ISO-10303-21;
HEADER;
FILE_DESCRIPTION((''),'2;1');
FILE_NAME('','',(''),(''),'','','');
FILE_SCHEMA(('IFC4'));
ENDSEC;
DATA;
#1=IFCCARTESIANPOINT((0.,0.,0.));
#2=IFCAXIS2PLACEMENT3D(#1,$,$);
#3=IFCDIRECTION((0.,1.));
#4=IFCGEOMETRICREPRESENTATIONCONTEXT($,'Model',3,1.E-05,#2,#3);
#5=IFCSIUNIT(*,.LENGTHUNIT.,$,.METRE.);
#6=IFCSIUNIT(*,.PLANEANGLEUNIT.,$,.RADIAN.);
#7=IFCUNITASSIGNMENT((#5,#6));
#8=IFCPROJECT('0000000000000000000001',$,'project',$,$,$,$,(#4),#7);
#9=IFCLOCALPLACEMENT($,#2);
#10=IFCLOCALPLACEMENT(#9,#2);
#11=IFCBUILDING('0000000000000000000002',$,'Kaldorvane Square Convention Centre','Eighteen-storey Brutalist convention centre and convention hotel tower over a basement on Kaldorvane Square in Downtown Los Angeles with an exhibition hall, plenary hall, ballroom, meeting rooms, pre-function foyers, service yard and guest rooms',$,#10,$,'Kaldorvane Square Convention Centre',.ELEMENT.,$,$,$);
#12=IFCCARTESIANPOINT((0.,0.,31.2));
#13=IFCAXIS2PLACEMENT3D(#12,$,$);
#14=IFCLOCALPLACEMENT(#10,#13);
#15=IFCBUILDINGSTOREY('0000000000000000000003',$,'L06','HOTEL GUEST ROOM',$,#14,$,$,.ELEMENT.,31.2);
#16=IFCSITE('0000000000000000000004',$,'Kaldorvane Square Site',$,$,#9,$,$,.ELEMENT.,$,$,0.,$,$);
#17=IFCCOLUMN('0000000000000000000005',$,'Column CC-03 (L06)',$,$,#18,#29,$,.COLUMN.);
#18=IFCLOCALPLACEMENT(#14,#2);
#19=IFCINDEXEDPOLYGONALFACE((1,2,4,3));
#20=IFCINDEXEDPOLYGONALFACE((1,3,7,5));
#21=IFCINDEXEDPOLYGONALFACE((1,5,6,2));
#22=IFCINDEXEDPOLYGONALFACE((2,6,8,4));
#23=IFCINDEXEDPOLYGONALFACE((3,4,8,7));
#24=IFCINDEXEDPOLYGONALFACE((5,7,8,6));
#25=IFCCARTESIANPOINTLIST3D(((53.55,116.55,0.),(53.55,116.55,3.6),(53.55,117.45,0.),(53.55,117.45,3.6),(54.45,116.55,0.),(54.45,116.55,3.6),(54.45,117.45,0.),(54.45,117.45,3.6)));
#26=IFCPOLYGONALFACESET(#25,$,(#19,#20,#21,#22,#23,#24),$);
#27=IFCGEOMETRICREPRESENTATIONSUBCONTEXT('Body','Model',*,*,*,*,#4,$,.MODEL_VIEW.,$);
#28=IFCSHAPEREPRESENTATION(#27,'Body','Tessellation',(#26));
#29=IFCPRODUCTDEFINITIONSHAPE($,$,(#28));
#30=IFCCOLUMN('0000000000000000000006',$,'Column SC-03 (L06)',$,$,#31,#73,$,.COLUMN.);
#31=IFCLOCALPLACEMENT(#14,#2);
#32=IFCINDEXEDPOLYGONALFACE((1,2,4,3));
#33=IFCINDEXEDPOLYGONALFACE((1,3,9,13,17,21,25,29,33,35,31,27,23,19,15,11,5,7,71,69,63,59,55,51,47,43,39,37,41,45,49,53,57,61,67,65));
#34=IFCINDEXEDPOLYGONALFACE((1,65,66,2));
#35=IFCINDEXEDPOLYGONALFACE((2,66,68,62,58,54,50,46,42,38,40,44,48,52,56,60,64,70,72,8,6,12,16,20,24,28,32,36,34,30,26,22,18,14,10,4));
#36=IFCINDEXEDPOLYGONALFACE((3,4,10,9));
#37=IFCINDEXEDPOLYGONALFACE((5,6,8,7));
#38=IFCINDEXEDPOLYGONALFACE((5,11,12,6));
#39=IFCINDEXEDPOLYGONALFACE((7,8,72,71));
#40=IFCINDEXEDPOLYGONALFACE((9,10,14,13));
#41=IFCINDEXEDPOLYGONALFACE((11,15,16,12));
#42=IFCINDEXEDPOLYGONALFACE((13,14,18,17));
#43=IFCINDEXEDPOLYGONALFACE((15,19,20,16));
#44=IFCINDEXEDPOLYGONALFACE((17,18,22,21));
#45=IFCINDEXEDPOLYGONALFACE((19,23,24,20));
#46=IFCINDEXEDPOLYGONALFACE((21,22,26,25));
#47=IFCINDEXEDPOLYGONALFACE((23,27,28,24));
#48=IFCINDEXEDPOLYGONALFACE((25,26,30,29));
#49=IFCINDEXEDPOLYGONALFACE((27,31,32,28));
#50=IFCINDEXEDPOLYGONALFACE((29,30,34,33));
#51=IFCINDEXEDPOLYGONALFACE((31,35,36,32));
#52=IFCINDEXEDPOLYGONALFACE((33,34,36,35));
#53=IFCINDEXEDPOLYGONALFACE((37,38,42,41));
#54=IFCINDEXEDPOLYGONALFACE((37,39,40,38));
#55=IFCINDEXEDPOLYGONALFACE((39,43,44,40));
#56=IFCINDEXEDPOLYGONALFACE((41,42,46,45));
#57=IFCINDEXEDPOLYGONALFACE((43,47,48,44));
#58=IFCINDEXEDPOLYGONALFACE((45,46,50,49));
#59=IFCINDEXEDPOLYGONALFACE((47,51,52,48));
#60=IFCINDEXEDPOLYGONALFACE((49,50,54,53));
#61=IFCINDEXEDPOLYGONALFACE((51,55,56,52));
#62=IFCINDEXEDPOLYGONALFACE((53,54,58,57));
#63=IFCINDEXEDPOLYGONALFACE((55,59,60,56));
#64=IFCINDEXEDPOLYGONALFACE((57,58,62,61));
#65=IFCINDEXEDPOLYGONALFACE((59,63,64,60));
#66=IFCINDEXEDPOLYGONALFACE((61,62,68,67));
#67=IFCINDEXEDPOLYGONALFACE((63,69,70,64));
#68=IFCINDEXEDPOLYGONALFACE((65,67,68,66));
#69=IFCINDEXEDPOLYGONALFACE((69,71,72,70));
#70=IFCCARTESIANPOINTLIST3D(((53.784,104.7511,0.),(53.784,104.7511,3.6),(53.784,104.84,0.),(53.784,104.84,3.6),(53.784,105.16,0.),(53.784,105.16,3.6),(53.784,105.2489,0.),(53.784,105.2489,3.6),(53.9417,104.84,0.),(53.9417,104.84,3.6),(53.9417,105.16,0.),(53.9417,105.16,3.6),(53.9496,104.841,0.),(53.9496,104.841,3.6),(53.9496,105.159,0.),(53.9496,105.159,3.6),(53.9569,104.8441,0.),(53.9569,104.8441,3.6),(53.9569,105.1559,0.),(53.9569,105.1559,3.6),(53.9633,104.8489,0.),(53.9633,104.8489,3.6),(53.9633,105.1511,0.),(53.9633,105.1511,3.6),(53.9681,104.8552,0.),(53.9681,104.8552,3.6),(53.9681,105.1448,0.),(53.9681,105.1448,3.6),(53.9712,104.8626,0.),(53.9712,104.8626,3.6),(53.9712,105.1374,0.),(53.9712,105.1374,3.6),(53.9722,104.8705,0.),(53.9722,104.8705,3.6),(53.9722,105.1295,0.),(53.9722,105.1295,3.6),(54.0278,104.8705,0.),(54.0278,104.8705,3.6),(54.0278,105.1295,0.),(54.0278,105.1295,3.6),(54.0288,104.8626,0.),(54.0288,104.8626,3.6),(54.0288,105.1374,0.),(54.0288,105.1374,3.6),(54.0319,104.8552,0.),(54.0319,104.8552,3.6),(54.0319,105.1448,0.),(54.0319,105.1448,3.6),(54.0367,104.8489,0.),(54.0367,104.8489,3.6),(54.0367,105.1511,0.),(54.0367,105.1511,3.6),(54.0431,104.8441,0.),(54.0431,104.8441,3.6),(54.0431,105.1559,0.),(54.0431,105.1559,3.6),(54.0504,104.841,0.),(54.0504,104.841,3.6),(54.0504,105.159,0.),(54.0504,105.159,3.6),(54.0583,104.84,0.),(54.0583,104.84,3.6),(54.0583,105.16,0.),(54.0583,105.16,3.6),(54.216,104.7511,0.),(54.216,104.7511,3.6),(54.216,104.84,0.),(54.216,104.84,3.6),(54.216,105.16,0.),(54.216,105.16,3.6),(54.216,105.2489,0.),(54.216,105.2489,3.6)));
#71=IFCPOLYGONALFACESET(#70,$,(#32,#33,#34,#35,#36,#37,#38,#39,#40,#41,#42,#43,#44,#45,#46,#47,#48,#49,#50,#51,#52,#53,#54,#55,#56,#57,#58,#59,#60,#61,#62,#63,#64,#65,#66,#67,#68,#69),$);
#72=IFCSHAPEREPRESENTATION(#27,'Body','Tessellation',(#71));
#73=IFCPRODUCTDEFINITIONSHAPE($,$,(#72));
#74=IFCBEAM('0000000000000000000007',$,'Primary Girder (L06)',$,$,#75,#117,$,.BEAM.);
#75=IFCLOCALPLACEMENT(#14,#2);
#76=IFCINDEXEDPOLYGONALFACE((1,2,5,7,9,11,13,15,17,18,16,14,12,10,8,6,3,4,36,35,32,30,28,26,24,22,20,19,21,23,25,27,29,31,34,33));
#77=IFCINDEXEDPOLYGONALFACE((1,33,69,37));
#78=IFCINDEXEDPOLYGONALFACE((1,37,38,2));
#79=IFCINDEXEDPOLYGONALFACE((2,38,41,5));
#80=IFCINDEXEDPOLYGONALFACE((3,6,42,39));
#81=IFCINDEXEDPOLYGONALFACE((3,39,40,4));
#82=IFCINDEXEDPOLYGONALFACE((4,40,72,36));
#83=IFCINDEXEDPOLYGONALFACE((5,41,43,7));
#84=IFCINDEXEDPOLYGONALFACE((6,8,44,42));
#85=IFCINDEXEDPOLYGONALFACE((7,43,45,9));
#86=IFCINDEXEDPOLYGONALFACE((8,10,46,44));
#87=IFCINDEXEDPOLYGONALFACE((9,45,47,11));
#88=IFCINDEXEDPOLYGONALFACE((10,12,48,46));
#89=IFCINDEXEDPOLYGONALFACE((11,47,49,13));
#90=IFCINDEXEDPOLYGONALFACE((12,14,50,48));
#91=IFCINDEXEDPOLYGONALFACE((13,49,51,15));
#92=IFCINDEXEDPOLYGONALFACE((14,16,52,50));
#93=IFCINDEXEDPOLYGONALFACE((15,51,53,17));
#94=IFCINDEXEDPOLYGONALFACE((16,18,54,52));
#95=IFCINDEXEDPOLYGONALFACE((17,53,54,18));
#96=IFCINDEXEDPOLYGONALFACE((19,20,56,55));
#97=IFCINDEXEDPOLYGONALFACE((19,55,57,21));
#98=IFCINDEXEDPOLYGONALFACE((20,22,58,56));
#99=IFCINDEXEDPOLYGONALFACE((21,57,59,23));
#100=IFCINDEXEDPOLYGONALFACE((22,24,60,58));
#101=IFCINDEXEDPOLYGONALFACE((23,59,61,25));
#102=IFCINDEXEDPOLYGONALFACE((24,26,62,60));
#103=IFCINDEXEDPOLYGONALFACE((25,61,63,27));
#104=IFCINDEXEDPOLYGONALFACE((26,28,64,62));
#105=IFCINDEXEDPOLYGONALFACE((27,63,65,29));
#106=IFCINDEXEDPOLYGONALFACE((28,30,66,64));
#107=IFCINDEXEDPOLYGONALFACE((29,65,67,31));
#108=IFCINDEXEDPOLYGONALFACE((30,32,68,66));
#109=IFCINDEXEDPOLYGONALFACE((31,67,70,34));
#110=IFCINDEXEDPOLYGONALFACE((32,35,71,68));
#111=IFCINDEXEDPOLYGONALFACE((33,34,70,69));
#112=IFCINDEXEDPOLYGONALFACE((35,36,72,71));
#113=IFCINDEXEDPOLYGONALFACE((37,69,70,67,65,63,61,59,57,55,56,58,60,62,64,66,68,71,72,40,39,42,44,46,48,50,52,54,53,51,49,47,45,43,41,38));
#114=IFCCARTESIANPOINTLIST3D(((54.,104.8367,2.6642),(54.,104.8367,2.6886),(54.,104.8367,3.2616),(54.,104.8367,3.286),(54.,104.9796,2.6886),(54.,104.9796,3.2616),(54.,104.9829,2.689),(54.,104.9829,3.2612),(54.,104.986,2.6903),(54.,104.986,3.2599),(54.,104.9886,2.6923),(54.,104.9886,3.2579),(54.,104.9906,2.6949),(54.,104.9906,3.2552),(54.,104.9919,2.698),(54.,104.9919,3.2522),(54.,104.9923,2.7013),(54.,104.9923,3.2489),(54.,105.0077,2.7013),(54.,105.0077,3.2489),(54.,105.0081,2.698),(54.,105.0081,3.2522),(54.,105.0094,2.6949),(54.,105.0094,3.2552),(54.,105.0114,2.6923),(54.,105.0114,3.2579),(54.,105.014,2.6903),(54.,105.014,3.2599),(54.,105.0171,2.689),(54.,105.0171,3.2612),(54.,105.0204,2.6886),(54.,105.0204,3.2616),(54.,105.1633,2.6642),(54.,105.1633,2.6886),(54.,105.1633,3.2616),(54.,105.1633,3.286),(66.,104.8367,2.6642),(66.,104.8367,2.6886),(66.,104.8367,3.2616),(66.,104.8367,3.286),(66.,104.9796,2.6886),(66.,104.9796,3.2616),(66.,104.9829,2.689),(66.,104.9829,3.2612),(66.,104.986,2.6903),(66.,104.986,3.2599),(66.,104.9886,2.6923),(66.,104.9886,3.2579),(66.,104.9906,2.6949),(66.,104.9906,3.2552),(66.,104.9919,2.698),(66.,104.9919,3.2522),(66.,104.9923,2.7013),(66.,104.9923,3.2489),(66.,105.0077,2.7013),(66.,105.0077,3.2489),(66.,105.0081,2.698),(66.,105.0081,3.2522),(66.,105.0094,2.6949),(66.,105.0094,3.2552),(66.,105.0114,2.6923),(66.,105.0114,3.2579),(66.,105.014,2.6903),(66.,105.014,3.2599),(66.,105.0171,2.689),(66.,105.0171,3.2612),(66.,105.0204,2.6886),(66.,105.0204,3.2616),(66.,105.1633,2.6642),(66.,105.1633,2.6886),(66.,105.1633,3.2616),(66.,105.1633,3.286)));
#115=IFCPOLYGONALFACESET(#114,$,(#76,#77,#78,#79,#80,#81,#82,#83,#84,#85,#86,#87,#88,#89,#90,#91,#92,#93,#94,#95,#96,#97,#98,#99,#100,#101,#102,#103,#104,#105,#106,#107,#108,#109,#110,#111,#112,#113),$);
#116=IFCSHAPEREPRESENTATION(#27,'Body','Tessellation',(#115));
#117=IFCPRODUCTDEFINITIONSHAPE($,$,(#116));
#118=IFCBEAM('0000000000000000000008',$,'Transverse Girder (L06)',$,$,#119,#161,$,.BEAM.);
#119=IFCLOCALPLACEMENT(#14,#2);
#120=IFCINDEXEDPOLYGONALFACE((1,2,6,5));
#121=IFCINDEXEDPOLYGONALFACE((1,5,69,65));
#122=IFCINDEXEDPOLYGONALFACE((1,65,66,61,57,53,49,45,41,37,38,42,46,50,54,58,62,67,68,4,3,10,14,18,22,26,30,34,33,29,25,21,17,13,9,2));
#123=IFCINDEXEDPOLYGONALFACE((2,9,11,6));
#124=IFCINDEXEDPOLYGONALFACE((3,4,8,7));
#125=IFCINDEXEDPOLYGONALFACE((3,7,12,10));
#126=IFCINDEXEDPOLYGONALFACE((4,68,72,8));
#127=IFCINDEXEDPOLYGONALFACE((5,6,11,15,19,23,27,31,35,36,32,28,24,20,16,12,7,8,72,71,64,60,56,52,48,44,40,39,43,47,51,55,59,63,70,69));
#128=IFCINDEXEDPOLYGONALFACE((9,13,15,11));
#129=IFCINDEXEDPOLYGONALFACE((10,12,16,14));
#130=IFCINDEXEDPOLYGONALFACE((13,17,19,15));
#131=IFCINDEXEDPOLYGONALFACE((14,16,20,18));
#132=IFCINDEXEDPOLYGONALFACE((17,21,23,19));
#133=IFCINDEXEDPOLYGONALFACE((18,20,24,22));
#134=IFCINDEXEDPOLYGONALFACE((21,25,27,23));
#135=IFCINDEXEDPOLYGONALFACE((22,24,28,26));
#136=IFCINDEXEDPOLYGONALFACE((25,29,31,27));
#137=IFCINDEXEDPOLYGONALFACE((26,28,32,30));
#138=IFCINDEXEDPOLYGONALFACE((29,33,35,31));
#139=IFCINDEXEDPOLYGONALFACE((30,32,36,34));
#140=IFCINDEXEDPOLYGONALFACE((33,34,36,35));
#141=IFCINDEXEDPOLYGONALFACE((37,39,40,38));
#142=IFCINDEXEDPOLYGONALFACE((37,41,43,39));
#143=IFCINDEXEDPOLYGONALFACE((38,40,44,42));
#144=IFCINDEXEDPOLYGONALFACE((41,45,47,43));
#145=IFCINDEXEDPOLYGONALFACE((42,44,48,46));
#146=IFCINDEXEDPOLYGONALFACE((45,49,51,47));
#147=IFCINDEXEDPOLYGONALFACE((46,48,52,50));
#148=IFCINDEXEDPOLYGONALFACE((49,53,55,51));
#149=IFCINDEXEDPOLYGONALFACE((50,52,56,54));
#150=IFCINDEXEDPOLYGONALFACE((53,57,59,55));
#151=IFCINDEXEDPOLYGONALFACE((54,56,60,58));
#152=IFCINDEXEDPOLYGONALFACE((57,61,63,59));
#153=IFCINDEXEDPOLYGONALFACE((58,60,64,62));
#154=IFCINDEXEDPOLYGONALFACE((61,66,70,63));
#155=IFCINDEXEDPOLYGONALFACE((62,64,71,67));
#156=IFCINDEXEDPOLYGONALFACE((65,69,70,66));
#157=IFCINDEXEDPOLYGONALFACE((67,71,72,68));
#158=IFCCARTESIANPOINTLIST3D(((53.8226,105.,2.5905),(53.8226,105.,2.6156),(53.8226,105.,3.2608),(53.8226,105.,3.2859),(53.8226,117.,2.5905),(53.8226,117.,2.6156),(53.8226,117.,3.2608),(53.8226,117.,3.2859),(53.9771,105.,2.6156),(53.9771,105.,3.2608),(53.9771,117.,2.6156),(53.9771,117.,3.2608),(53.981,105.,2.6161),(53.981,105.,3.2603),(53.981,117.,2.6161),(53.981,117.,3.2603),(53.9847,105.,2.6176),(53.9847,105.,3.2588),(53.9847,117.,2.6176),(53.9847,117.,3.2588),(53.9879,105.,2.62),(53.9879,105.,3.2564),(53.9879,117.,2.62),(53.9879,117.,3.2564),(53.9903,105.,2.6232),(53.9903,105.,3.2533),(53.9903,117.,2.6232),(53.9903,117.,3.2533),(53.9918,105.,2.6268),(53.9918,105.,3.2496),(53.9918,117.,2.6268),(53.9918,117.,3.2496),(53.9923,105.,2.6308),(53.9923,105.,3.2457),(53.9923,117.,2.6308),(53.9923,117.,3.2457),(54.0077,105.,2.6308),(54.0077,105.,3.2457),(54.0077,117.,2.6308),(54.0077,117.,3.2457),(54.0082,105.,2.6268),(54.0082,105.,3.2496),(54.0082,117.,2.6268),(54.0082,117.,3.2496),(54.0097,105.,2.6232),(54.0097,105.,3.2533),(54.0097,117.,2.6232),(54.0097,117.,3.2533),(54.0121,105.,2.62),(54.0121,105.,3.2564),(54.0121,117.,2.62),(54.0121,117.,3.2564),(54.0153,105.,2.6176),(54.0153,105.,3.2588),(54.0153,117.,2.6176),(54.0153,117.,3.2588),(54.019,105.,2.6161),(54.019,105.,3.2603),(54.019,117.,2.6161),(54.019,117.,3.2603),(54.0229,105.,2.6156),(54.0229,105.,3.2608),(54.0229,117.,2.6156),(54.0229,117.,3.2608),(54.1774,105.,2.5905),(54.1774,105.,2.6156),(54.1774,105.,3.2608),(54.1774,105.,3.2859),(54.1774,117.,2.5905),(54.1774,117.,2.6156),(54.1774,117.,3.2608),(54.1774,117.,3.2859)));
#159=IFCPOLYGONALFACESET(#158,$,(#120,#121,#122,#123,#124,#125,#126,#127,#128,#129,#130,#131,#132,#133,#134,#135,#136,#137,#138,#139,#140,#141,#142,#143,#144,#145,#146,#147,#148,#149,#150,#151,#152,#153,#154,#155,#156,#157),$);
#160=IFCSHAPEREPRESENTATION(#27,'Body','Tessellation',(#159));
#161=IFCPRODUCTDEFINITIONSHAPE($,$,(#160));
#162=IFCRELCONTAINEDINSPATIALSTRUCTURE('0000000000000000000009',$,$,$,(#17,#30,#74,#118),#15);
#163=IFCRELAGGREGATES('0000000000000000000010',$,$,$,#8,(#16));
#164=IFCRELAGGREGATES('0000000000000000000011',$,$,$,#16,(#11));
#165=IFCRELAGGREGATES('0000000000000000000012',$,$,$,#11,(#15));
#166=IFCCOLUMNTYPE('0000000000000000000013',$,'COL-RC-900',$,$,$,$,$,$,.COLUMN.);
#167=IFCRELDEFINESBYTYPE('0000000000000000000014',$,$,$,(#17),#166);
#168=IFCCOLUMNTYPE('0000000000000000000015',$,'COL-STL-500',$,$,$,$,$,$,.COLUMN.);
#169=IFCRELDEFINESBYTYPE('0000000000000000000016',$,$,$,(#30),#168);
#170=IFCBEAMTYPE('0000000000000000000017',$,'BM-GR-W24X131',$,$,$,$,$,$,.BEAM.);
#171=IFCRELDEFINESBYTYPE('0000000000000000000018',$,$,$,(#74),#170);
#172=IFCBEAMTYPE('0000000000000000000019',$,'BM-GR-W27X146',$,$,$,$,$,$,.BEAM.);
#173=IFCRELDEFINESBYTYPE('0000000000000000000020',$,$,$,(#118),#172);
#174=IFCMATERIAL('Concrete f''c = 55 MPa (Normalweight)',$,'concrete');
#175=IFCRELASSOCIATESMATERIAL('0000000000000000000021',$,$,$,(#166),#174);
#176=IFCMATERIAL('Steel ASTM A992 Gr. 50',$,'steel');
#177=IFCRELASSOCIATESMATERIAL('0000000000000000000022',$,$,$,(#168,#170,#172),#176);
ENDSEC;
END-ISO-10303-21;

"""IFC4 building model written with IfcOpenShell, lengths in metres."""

from ifc_helpers import new_model, si_unit, direction, frame, origin, origin_2d, place, context, subcontext, project, spatial, rectangle, i_section, extrude, material, material_profile, profile_set, type_object, element, save


model = new_model("IFC4")

# Units and contexts
model_context = context("Model", 3, precision=1e-05, world=origin(), true_north=direction((0.0, 1.0)))
body_context = subcontext(model_context, "Body", "Model", "MODEL_VIEW")
ifc_project = project(units=[si_unit("LENGTHUNIT", "METRE"), si_unit("PLANEANGLEUNIT", "RADIAN")], contexts=[model_context])

# Site, building, storey
site_placement = place(None, origin())
site = spatial("IfcSite", under=ifc_project, at=site_placement, Name="Kaldorvane Square Site", CompositionType="ELEMENT", RefElevation=0.0)
building_placement = place(site_placement, origin())
building = spatial("IfcBuilding", under=site, at=building_placement, Name="Kaldorvane Square Convention Centre", Description="Eighteen-storey Brutalist convention centre and convention hotel tower over a basement on Kaldorvane Square in Downtown Los Angeles with an exhibition hall, plenary hall, ballroom, meeting rooms, pre-function foyers, service yard and guest rooms", LongName="Kaldorvane Square Convention Centre", CompositionType="ELEMENT")
storey_placement = place(building_placement, frame((0.0, 0.0, 31.2)))
storey = spatial("IfcBuildingStorey", under=building, at=storey_placement, Name="L06", Description="HOTEL GUEST ROOM", CompositionType="ELEMENT", Elevation=31.2)

# Columns
ifc_material_1 = material(Name="Concrete f'c = 55 MPa (Normalweight)", Category="concrete")
ifc_material_profile_1 = material_profile(ifc_material_1, rectangle(XDim=0.9, YDim=0.9, at=origin_2d()), Name="RC900X900")
ifc_profile_set_1 = profile_set([ifc_material_profile_1], Name="Concrete f'c = 55 MPa (Normalweight)")
column_type_1 = type_object("IfcColumnType", Name="COL-RC-900", PredefinedType="COLUMN", material=ifc_profile_set_1)
column_1_placement = place(storey_placement, frame((54.0, 117.0, 0.0), z_axis=(0.0, 0.0, 1.0), x_axis=(1.0, 0.0, 0.0)))
element("IfcColumn", 1, at=column_1_placement, inside=storey, type_object=column_type_1, Name="Column CC-03 (L06)", PredefinedType="COLUMN", context=body_context, shape_type="SweptSolid", body=[
    extrude(rectangle(XDim=0.9, YDim=0.9, at=origin_2d()), origin(), (0.0, 0.0, 1.0), 3.6),
])
ifc_material_2 = material(Name="Steel ASTM A992 Gr. 50", Category="steel")
ifc_material_profile_2 = material_profile(ifc_material_2, i_section(OverallWidth=0.4321, OverallDepth=0.4978, WebThickness=0.0556, FlangeThickness=0.0889, FilletRadius=0.0305, at=origin_2d()), Name="W14X500")
ifc_profile_set_2 = profile_set([ifc_material_profile_2], Name="Steel ASTM A992 Gr. 50")
column_type_2 = type_object("IfcColumnType", Name="COL-STL-500", PredefinedType="COLUMN", material=ifc_profile_set_2)
column_2_placement = place(storey_placement, frame((54.0, 105.0, 0.0), z_axis=(0.0, 0.0, 1.0), x_axis=(1.0, 0.0, 0.0)))
element("IfcColumn", 2, at=column_2_placement, inside=storey, type_object=column_type_2, Name="Column SC-03 (L06)", PredefinedType="COLUMN", context=body_context, shape_type="SweptSolid", body=[
    extrude(i_section(OverallWidth=0.4321, OverallDepth=0.4978, WebThickness=0.0556, FlangeThickness=0.0889, FilletRadius=0.0305, at=origin_2d()), origin(), (0.0, 0.0, 1.0), 3.6),
])

# Beams
ifc_material_profile_3 = material_profile(ifc_material_2, i_section(OverallWidth=0.3265, OverallDepth=0.6218, WebThickness=0.0154, FlangeThickness=0.0244, FilletRadius=0.0127, at=origin_2d()), Name="W24X131")
ifc_profile_set_3 = profile_set([ifc_material_profile_3], Name="Steel ASTM A992 Gr. 50")
beam_type_1 = type_object("IfcBeamType", Name="BM-GR-W24X131", PredefinedType="BEAM", material=ifc_profile_set_3)
beam_1_placement = place(storey_placement, frame((54.0, 105.0, 2.9751), z_axis=(1.0, 0.0, 0.0), x_axis=(0.0, 1.0, 0.0)))
element("IfcBeam", 3, at=beam_1_placement, inside=storey, type_object=beam_type_1, Name="Primary Girder (L06)", PredefinedType="BEAM", context=body_context, shape_type="SweptSolid", body=[
    extrude(i_section(OverallWidth=0.3265, OverallDepth=0.6218, WebThickness=0.0154, FlangeThickness=0.0244, FilletRadius=0.0127, at=origin_2d()), origin(), (0.0, 0.0, 1.0), 12.0),
])
ifc_material_profile_4 = material_profile(ifc_material_2, i_section(OverallWidth=0.3547, OverallDepth=0.6955, WebThickness=0.0154, FlangeThickness=0.0251, FilletRadius=0.0152, at=origin_2d()), Name="W27X146")
ifc_profile_set_4 = profile_set([ifc_material_profile_4], Name="Steel ASTM A992 Gr. 50")
beam_type_2 = type_object("IfcBeamType", Name="BM-GR-W27X146", PredefinedType="BEAM", material=ifc_profile_set_4)
beam_2_placement = place(storey_placement, frame((54.0, 105.0, 2.9382), z_axis=(0.0, 1.0, 0.0), x_axis=(-1.0, 0.0, 0.0)))
element("IfcBeam", 4, at=beam_2_placement, inside=storey, type_object=beam_type_2, Name="Transverse Girder (L06)", PredefinedType="BEAM", context=body_context, shape_type="SweptSolid", body=[
    extrude(i_section(OverallWidth=0.3547, OverallDepth=0.6955, WebThickness=0.0154, FlangeThickness=0.0251, FilletRadius=0.0152, at=origin_2d()), origin(), (0.0, 0.0, 1.0), 12.0),
])

save(model, "model.ifc")
